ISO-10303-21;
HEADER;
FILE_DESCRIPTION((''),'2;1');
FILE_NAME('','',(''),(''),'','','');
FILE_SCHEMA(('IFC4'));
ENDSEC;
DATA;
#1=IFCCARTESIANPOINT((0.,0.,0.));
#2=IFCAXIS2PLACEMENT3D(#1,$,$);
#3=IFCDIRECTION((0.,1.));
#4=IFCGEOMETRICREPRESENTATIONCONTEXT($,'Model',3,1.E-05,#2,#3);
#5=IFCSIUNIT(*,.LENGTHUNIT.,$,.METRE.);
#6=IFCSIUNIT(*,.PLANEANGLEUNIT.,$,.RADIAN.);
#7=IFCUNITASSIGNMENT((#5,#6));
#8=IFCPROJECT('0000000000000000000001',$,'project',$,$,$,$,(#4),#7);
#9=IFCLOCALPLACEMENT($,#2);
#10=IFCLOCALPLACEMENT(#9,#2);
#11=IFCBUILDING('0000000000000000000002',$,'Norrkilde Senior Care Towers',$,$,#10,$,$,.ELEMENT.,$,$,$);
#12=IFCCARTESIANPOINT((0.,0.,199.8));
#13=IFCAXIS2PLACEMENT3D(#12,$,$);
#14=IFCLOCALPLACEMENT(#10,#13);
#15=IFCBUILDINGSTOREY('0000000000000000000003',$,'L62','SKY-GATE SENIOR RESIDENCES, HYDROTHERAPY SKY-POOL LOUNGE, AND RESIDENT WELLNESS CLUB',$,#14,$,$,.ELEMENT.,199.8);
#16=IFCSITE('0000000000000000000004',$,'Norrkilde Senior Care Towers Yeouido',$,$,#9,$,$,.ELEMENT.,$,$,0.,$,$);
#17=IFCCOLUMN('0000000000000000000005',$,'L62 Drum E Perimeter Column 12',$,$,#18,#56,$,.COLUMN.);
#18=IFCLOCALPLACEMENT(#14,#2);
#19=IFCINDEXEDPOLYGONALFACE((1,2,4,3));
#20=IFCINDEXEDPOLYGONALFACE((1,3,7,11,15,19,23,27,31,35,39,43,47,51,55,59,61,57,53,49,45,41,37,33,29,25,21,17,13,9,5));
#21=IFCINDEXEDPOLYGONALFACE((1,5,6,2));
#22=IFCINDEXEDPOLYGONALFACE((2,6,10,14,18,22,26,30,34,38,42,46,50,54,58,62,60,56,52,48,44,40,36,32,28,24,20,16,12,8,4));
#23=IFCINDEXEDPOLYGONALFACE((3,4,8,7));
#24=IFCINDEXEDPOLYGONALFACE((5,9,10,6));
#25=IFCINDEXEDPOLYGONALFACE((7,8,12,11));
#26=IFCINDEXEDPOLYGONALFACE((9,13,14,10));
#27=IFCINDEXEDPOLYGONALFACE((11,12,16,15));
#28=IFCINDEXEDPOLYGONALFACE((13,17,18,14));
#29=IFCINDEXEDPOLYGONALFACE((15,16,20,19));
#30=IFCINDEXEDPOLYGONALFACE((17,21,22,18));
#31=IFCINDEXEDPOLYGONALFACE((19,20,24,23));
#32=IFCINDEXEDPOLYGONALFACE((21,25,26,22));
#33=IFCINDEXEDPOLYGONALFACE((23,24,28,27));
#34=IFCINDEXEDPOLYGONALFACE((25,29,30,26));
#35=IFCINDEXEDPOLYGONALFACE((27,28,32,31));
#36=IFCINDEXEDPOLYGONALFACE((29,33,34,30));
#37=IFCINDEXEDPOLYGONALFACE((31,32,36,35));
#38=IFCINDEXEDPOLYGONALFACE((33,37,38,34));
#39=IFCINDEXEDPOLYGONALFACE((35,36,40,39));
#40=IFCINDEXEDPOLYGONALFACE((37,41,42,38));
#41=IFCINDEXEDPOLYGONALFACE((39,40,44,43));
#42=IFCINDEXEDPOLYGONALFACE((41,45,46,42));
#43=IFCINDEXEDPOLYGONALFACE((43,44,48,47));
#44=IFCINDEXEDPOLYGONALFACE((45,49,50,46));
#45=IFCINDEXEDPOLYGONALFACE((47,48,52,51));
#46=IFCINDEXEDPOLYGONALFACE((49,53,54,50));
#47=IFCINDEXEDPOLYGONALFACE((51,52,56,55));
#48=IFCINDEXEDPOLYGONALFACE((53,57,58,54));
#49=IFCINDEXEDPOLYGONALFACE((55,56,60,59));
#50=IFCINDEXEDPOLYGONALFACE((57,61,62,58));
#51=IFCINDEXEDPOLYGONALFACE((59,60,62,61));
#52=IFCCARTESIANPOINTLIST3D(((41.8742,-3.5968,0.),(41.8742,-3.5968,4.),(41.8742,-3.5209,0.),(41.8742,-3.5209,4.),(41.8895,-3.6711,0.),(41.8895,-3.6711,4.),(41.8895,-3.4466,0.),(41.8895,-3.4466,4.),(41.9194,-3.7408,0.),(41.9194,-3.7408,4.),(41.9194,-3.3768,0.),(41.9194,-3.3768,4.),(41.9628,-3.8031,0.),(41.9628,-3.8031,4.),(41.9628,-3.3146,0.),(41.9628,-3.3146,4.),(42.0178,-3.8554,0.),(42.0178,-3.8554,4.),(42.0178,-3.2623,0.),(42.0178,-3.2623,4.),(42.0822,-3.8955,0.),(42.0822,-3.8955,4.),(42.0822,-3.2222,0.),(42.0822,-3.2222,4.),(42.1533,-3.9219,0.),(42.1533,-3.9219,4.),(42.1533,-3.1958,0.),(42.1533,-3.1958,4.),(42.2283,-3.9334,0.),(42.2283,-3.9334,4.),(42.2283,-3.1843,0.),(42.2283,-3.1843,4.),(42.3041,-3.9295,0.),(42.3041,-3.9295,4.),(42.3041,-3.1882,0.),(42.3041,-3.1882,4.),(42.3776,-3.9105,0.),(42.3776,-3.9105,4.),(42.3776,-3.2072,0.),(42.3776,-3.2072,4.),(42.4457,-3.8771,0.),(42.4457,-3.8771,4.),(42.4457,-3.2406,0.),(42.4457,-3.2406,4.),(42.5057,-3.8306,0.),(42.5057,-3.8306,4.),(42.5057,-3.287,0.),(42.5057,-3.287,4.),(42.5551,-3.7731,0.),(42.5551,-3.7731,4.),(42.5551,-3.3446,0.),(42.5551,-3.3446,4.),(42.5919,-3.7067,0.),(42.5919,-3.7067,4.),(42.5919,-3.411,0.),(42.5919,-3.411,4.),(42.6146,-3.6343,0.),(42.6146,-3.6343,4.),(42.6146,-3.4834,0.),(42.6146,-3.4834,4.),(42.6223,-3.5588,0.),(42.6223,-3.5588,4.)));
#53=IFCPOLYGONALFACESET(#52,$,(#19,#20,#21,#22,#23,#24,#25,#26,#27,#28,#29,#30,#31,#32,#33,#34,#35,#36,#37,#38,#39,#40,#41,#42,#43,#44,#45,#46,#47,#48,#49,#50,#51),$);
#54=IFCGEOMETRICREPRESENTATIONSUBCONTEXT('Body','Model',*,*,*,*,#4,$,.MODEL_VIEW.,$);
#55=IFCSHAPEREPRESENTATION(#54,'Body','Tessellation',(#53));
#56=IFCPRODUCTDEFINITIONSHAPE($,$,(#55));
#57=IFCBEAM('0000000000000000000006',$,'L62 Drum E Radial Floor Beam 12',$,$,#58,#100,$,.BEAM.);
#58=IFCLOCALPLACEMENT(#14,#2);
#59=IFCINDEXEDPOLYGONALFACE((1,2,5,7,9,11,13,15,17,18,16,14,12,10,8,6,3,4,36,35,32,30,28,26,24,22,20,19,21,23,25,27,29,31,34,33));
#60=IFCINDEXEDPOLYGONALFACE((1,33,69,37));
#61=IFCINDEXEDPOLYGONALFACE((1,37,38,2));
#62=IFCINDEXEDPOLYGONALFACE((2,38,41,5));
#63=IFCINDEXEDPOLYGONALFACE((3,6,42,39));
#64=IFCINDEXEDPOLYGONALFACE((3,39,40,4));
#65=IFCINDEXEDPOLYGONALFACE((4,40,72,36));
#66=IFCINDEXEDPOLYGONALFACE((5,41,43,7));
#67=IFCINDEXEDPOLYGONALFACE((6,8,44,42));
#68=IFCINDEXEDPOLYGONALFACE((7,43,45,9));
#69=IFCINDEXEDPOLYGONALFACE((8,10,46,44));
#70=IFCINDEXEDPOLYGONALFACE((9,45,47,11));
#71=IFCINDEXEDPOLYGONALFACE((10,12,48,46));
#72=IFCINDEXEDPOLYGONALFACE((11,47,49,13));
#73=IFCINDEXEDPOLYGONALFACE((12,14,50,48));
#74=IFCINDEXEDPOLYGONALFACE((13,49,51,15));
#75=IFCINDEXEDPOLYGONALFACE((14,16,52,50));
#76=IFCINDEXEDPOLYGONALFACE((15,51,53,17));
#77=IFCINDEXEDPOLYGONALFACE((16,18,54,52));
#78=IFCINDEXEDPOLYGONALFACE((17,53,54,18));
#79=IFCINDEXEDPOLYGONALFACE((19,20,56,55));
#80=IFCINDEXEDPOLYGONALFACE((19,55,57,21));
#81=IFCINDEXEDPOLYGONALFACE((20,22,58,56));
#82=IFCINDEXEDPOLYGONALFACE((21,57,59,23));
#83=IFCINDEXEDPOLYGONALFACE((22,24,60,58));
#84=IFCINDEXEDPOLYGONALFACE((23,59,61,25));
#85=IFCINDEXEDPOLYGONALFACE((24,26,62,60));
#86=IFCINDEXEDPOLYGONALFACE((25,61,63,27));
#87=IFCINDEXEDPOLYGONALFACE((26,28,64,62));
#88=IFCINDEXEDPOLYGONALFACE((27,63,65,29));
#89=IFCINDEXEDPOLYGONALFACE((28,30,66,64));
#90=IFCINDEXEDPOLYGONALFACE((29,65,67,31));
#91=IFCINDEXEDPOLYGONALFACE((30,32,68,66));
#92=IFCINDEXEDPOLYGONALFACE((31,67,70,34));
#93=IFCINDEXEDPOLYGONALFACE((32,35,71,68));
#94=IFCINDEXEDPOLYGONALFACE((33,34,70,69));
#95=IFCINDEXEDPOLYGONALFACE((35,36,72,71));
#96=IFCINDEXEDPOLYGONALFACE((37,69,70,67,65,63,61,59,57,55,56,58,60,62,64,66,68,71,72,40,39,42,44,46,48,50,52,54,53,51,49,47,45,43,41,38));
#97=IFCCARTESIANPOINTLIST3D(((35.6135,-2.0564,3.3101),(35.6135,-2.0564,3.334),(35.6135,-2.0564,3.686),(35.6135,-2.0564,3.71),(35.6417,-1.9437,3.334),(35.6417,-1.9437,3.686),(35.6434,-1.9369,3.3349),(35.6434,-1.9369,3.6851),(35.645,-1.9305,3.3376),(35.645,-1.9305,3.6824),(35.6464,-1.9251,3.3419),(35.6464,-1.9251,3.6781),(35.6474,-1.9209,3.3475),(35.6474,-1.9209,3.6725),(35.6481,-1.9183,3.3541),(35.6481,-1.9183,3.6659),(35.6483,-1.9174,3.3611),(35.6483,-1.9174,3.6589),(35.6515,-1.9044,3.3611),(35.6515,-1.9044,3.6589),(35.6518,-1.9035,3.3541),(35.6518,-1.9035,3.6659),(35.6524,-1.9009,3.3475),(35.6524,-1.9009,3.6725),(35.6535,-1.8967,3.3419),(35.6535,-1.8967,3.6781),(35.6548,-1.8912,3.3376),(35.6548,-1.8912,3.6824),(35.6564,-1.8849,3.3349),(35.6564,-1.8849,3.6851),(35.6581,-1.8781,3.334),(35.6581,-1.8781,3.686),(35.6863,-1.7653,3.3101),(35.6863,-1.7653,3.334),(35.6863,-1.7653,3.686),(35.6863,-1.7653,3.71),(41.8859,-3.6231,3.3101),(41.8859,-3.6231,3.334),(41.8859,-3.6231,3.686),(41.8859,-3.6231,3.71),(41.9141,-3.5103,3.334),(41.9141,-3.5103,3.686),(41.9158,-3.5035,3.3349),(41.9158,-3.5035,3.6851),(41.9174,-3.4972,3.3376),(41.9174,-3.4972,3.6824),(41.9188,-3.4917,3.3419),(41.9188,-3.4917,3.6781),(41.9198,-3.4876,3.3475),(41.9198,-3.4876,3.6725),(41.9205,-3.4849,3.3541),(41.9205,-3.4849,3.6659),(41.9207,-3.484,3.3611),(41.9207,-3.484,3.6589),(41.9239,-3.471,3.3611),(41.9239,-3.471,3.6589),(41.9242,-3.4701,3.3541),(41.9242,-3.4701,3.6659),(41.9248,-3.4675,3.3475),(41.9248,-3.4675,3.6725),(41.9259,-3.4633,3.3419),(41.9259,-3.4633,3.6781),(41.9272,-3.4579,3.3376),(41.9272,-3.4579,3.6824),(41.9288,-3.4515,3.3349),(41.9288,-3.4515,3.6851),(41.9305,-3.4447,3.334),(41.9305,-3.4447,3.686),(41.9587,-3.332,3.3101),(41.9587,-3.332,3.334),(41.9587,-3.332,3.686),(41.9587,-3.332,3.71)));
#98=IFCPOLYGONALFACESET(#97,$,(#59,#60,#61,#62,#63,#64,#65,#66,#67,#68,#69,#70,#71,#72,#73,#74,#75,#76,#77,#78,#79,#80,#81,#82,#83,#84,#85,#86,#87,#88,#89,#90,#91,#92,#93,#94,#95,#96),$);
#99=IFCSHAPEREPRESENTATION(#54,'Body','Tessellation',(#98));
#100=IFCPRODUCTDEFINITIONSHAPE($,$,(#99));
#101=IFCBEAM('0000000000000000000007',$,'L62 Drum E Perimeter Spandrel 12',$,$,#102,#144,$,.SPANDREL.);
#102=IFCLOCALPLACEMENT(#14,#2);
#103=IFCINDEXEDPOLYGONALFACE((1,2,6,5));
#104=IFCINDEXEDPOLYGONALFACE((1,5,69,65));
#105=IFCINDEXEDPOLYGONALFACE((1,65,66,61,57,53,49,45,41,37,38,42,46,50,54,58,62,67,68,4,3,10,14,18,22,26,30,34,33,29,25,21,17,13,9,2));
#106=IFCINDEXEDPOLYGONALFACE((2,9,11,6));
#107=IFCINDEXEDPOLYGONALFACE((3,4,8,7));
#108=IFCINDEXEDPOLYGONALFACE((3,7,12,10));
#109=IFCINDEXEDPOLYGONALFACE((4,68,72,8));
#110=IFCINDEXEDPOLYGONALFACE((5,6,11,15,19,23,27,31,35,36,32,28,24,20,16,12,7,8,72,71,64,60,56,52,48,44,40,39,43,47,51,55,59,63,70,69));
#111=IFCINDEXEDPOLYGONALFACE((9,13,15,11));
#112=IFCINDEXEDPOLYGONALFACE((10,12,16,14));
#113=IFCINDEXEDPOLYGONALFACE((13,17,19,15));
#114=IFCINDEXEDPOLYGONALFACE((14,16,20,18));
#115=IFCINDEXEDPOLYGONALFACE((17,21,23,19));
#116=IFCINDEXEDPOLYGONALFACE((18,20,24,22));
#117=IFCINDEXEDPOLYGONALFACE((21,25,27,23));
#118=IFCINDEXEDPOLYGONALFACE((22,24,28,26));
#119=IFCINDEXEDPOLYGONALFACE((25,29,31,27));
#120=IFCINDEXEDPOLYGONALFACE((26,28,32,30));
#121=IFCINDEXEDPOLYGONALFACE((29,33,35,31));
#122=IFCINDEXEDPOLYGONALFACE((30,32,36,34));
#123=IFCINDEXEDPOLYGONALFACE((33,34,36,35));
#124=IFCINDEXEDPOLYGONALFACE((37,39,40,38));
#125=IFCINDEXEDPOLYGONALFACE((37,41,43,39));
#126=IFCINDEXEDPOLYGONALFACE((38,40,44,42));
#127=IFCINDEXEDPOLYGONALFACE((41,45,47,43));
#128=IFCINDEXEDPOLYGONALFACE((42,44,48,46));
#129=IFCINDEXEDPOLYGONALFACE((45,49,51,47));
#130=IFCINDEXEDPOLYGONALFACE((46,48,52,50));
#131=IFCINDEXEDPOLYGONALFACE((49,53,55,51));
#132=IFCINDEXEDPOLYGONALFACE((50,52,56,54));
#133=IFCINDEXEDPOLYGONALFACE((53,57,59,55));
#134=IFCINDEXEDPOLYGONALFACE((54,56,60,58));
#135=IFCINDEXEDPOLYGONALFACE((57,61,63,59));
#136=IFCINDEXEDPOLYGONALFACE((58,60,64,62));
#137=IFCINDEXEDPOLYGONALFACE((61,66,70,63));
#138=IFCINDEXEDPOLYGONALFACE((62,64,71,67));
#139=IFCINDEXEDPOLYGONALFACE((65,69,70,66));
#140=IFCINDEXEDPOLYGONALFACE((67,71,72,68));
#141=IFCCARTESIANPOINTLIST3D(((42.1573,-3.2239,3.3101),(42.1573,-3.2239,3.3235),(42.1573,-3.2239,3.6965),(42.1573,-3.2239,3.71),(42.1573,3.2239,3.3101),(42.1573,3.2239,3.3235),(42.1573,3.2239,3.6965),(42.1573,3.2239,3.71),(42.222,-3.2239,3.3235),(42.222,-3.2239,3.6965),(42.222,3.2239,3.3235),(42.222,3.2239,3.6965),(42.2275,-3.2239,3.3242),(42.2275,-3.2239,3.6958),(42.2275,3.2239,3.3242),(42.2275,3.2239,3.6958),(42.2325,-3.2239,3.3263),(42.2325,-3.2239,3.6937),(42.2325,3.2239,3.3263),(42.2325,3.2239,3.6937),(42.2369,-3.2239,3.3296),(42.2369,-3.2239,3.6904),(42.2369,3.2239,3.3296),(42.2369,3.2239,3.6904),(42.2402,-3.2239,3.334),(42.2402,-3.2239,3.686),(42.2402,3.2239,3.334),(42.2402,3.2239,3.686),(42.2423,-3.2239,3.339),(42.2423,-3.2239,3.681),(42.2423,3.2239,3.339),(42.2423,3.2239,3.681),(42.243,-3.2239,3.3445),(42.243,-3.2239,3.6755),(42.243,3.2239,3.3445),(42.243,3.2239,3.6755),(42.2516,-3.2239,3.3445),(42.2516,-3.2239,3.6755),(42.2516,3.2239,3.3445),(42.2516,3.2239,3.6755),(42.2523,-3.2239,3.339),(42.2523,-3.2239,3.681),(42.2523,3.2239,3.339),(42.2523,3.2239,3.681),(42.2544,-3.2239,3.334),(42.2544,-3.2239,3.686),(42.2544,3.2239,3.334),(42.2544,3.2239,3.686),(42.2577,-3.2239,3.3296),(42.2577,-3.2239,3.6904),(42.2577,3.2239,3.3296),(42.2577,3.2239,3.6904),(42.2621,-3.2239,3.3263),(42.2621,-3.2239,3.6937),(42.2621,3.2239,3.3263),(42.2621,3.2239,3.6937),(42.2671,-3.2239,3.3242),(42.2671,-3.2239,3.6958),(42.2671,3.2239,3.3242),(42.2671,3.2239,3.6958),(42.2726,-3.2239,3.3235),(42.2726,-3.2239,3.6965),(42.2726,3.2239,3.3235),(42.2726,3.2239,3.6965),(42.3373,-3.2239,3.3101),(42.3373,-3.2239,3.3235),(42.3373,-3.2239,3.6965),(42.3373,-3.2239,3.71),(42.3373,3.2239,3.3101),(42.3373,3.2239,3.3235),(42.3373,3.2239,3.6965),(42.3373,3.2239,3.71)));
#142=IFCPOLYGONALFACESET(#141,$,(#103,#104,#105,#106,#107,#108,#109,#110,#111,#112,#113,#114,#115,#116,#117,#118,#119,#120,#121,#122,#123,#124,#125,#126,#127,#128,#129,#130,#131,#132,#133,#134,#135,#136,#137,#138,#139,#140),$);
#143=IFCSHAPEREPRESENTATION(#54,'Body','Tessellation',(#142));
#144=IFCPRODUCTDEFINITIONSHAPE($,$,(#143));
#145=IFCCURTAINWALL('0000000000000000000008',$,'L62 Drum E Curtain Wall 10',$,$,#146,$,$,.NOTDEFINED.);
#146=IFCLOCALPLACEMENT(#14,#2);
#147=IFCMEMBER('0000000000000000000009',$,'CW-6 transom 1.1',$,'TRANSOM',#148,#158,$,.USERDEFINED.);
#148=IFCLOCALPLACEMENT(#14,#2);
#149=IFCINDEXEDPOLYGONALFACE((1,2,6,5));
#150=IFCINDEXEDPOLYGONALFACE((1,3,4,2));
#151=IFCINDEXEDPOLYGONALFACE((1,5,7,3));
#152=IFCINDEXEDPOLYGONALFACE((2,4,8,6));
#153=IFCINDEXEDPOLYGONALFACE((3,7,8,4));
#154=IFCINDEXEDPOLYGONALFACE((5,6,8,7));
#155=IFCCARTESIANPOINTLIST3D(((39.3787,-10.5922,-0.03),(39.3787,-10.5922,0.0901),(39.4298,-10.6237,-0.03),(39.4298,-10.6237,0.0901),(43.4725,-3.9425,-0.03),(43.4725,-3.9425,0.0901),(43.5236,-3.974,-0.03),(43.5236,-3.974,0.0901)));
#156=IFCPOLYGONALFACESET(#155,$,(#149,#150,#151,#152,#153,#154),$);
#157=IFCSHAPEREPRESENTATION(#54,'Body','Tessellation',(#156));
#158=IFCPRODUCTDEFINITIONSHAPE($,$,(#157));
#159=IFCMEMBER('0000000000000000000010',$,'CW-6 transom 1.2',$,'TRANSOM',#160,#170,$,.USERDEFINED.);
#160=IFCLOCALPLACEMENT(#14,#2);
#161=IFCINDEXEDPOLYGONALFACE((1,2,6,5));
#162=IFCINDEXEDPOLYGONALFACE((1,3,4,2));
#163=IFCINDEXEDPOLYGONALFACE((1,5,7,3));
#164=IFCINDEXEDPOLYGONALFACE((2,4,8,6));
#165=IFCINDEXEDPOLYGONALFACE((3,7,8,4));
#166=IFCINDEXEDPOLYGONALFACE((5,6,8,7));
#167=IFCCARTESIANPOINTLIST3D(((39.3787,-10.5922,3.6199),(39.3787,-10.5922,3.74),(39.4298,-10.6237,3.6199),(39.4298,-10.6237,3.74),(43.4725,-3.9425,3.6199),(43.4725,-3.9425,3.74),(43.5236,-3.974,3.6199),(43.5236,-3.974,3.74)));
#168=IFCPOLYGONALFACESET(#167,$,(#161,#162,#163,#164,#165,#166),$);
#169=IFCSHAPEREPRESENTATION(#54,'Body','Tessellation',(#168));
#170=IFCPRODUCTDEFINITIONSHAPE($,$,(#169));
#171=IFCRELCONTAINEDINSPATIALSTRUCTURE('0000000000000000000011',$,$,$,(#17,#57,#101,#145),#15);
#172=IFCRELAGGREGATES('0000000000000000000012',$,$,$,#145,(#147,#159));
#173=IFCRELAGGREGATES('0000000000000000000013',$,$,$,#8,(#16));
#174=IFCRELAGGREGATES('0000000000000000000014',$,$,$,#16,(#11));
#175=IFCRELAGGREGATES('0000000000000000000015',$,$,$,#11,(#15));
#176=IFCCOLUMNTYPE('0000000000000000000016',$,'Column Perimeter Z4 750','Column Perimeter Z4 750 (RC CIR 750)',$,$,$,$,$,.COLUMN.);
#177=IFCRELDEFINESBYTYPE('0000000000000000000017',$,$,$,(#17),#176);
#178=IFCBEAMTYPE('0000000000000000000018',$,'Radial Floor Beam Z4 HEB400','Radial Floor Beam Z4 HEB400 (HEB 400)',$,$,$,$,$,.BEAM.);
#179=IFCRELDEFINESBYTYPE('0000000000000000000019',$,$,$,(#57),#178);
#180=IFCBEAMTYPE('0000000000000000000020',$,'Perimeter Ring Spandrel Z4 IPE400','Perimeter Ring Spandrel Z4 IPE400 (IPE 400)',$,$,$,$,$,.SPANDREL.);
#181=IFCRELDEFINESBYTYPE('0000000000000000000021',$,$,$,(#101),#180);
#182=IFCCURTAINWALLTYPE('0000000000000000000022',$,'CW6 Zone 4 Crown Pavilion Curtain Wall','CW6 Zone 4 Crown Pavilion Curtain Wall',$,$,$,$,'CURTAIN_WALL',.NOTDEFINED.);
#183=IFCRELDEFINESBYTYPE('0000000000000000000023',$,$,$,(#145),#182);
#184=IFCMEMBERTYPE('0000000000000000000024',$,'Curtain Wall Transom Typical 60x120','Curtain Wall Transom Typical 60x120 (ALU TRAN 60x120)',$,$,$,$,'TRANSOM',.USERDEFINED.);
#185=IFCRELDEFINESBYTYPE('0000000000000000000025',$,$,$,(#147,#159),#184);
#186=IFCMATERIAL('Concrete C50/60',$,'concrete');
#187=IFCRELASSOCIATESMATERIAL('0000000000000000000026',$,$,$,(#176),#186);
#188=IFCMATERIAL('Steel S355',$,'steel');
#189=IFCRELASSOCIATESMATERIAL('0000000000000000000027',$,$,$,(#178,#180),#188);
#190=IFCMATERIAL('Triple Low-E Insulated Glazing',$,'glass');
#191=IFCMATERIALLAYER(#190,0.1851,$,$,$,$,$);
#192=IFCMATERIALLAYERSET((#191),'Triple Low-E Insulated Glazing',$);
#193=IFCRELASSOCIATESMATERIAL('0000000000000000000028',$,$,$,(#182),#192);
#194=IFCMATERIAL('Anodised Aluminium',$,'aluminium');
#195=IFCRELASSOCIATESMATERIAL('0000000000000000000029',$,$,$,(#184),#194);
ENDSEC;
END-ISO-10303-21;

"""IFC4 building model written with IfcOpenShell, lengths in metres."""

from ifc_helpers import new_model, si_unit, direction, frame, origin, origin_2d, place, context, subcontext, project, spatial, rectangle, circle, i_section, extrude, source, transform, mapped, material, layer, layer_set, material_profile, profile_set, type_object, type_shapes, element, aggregate, save


model = new_model("IFC4")

# Units and contexts
model_context = context("Model", 3, precision=1e-05, world=origin(), true_north=direction((0.0, 1.0)))
body_context = subcontext(model_context, "Body", "Model", "MODEL_VIEW")
ifc_project = project(units=[si_unit("LENGTHUNIT", "METRE"), si_unit("PLANEANGLEUNIT", "RADIAN")], contexts=[model_context])

# Site, building, storey
site_placement = place(None, origin())
site = spatial("IfcSite", under=ifc_project, at=site_placement, Name="Norrkilde Senior Care Towers Yeouido", CompositionType="ELEMENT", RefElevation=0.0)
building_placement = place(site_placement, origin())
building = spatial("IfcBuilding", under=site, at=building_placement, Name="Norrkilde Senior Care Towers", CompositionType="ELEMENT")
storey_placement = place(building_placement, frame((0.0, 0.0, 199.8)))
storey = spatial("IfcBuildingStorey", under=building, at=storey_placement, Name="L62", Description="SKY-GATE SENIOR RESIDENCES, HYDROTHERAPY SKY-POOL LOUNGE, AND RESIDENT WELLNESS CLUB", CompositionType="ELEMENT", Elevation=199.8)

# Column
ifc_material_1 = material(Name="Concrete C50/60", Category="concrete")
ifc_material_profile_1 = material_profile(ifc_material_1, circle(Radius=0.375, at=origin_2d()), Name="RC CIR 750")
ifc_profile_set_1 = profile_set([ifc_material_profile_1], Name="Concrete C50/60")
column_type = type_object("IfcColumnType", Name="Column Perimeter Z4 750", Description="Column Perimeter Z4 750 (RC CIR 750)", PredefinedType="COLUMN", material=ifc_profile_set_1)
shared_shape_1 = source(origin(), body_context, "Body", "SweptSolid", [
    extrude(circle(Radius=0.375, at=origin_2d()), origin(), (0.0, 0.0, 1.0), 4.0),
])
type_shapes(column_type, [shared_shape_1])
column_placement = place(storey_placement, frame((42.2473, -3.5588, 0.0), z_axis=(0.0, 0.0, 1.0), x_axis=(1.0, 0.0, 0.0)))
element("IfcColumn", 1, at=column_placement, inside=storey, type_object=column_type, Name="L62 Drum E Perimeter Column 12", PredefinedType="COLUMN", context=body_context, shape_type="MappedRepresentation", body=[
    mapped(shared_shape_1, transform((0.0, 0.0, 0.0), x_axis=(1.0, 0.0, 0.0), y_axis=(0.0, 1.0, 0.0), z_axis=(0.0, 0.0, 1.0), scale=1.0)),
])

# Beams
ifc_material_2 = material(Name="Steel S355", Category="steel")
ifc_material_profile_2 = material_profile(ifc_material_2, i_section(OverallWidth=0.3, OverallDepth=0.3999, WebThickness=0.0134, FlangeThickness=0.0239, FilletRadius=0.0271, at=origin_2d()), Name="HEB 400")
ifc_profile_set_2 = profile_set([ifc_material_profile_2], Name="Steel S355")
beam_type_1 = type_object("IfcBeamType", Name="Radial Floor Beam Z4 HEB400", Description="Radial Floor Beam Z4 HEB400 (HEB 400)", PredefinedType="BEAM", material=ifc_profile_set_2)
shared_shape_2 = source(origin(), body_context, "Body", "SweptSolid", [
    extrude(i_section(OverallWidth=0.3, OverallDepth=0.3999, WebThickness=0.0134, FlangeThickness=0.0239, FilletRadius=0.0271, at=origin_2d()), origin(), (0.0, 0.0, 1.0), 6.4651),
])
type_shapes(beam_type_1, [shared_shape_2])
beam_1_placement = place(storey_placement, frame((35.6499, -1.9109, 3.51), z_axis=(0.970196, -0.242322, 0.0), x_axis=(0.242322, 0.970196, 0.0)))
element("IfcBeam", 2, at=beam_1_placement, inside=storey, type_object=beam_type_1, Name="L62 Drum E Radial Floor Beam 12", PredefinedType="BEAM", context=body_context, shape_type="MappedRepresentation", body=[
    mapped(shared_shape_2, transform((0.0, 0.0, 0.0), x_axis=(1.0, 0.0, 0.0), y_axis=(0.0, 1.0, 0.0), z_axis=(0.0, 0.0, 1.0), scale=1.0)),
])
ifc_material_profile_3 = material_profile(ifc_material_2, i_section(OverallWidth=0.1799, OverallDepth=0.3999, WebThickness=0.0085, FlangeThickness=0.0134, FilletRadius=0.021, at=origin_2d()), Name="IPE 400")
ifc_profile_set_3 = profile_set([ifc_material_profile_3], Name="Steel S355")
beam_type_2 = type_object("IfcBeamType", Name="Perimeter Ring Spandrel Z4 IPE400", Description="Perimeter Ring Spandrel Z4 IPE400 (IPE 400)", PredefinedType="SPANDREL", material=ifc_profile_set_3)
shared_shape_3 = source(origin(), body_context, "Body", "SweptSolid", [
    extrude(i_section(OverallWidth=0.1799, OverallDepth=0.3999, WebThickness=0.0085, FlangeThickness=0.0134, FilletRadius=0.021, at=origin_2d()), origin(), (0.0, 0.0, 1.0), 6.4478),
])
type_shapes(beam_type_2, [shared_shape_3])
beam_2_placement = place(storey_placement, frame((42.2473, -3.2239, 3.51), z_axis=(0.0, 1.0, 0.0), x_axis=(-1.0, 0.0, 0.0)))
element("IfcBeam", 3, at=beam_2_placement, inside=storey, type_object=beam_type_2, Name="L62 Drum E Perimeter Spandrel 12", PredefinedType="SPANDREL", context=body_context, shape_type="MappedRepresentation", body=[
    mapped(shared_shape_3, transform((0.0, 0.0, 0.0), x_axis=(1.0, 0.0, 0.0), y_axis=(0.0, 1.0, 0.0), z_axis=(0.0, 0.0, 1.0), scale=1.0)),
])

# Curtain wall, members
ifc_material_3 = material(Name="Triple Low-E Insulated Glazing", Category="glass")
ifc_layer_1 = layer(ifc_material_3, 0.1851)
ifc_layer_set_1 = layer_set([ifc_layer_1], Name="Triple Low-E Insulated Glazing")
curtain_wall_type = type_object("IfcCurtainWallType", Name="CW6 Zone 4 Crown Pavilion Curtain Wall", Description="CW6 Zone 4 Crown Pavilion Curtain Wall", ElementType="CURTAIN_WALL", PredefinedType="NOTDEFINED", material=ifc_layer_set_1)
curtain_wall_1_placement = place(storey_placement, origin())
curtain_wall_1 = element("IfcCurtainWall", 4, at=curtain_wall_1_placement, inside=storey, type_object=curtain_wall_type, Name="L62 Drum E Curtain Wall 10", PredefinedType="NOTDEFINED")
ifc_material_4 = material(Name="Anodised Aluminium", Category="aluminium")
ifc_material_profile_4 = material_profile(ifc_material_4, rectangle(XDim=0.0601, YDim=0.1201, at=origin_2d()), Name="ALU TRAN 60x120")
ifc_profile_set_4 = profile_set([ifc_material_profile_4], Name="Anodised Aluminium")
member_type_1 = type_object("IfcMemberType", Name="Curtain Wall Transom Typical 60x120", Description="Curtain Wall Transom Typical 60x120 (ALU TRAN 60x120)", ElementType="TRANSOM", PredefinedType="USERDEFINED", material=ifc_profile_set_4)
shared_shape_4 = source(origin(), body_context, "Body", "SweptSolid", [
    extrude(rectangle(XDim=0.0601, YDim=0.1201, at=origin_2d()), origin(), (0.0, 0.0, 1.0), 7.8088),
])
type_shapes(member_type_1, [shared_shape_4])
member_1_placement = place(storey_placement, frame((43.498, -3.9583, 0.03), z_axis=(-0.524251, -0.851564, 0.0), x_axis=(0.851564, -0.524251, 0.0)))
member_1 = element("IfcMember", 5, at=member_1_placement, type_object=member_type_1, Name="CW-6 transom 1.1", ObjectType="TRANSOM", PredefinedType="USERDEFINED", context=body_context, shape_type="MappedRepresentation", body=[
    mapped(shared_shape_4, transform((0.0, 0.0, 0.0), x_axis=(1.0, 0.0, 0.0), y_axis=(0.0, 1.0, 0.0), z_axis=(0.0, 0.0, 1.0), scale=1.0)),
])
member_2_placement = place(storey_placement, frame((43.498, -3.9583, 3.6799), z_axis=(-0.524251, -0.851564, 0.0), x_axis=(0.851564, -0.524251, 0.0)))
member_2 = element("IfcMember", 6, at=member_2_placement, type_object=member_type_1, Name="CW-6 transom 1.2", ObjectType="TRANSOM", PredefinedType="USERDEFINED", context=body_context, shape_type="MappedRepresentation", body=[
    mapped(shared_shape_4, transform((0.0, 0.0, 0.0), x_axis=(1.0, 0.0, 0.0), y_axis=(0.0, 1.0, 0.0), z_axis=(0.0, 0.0, 1.0), scale=1.0)),
])
aggregate(curtain_wall_1, [member_1, member_2])

save(model, "model.ifc")
